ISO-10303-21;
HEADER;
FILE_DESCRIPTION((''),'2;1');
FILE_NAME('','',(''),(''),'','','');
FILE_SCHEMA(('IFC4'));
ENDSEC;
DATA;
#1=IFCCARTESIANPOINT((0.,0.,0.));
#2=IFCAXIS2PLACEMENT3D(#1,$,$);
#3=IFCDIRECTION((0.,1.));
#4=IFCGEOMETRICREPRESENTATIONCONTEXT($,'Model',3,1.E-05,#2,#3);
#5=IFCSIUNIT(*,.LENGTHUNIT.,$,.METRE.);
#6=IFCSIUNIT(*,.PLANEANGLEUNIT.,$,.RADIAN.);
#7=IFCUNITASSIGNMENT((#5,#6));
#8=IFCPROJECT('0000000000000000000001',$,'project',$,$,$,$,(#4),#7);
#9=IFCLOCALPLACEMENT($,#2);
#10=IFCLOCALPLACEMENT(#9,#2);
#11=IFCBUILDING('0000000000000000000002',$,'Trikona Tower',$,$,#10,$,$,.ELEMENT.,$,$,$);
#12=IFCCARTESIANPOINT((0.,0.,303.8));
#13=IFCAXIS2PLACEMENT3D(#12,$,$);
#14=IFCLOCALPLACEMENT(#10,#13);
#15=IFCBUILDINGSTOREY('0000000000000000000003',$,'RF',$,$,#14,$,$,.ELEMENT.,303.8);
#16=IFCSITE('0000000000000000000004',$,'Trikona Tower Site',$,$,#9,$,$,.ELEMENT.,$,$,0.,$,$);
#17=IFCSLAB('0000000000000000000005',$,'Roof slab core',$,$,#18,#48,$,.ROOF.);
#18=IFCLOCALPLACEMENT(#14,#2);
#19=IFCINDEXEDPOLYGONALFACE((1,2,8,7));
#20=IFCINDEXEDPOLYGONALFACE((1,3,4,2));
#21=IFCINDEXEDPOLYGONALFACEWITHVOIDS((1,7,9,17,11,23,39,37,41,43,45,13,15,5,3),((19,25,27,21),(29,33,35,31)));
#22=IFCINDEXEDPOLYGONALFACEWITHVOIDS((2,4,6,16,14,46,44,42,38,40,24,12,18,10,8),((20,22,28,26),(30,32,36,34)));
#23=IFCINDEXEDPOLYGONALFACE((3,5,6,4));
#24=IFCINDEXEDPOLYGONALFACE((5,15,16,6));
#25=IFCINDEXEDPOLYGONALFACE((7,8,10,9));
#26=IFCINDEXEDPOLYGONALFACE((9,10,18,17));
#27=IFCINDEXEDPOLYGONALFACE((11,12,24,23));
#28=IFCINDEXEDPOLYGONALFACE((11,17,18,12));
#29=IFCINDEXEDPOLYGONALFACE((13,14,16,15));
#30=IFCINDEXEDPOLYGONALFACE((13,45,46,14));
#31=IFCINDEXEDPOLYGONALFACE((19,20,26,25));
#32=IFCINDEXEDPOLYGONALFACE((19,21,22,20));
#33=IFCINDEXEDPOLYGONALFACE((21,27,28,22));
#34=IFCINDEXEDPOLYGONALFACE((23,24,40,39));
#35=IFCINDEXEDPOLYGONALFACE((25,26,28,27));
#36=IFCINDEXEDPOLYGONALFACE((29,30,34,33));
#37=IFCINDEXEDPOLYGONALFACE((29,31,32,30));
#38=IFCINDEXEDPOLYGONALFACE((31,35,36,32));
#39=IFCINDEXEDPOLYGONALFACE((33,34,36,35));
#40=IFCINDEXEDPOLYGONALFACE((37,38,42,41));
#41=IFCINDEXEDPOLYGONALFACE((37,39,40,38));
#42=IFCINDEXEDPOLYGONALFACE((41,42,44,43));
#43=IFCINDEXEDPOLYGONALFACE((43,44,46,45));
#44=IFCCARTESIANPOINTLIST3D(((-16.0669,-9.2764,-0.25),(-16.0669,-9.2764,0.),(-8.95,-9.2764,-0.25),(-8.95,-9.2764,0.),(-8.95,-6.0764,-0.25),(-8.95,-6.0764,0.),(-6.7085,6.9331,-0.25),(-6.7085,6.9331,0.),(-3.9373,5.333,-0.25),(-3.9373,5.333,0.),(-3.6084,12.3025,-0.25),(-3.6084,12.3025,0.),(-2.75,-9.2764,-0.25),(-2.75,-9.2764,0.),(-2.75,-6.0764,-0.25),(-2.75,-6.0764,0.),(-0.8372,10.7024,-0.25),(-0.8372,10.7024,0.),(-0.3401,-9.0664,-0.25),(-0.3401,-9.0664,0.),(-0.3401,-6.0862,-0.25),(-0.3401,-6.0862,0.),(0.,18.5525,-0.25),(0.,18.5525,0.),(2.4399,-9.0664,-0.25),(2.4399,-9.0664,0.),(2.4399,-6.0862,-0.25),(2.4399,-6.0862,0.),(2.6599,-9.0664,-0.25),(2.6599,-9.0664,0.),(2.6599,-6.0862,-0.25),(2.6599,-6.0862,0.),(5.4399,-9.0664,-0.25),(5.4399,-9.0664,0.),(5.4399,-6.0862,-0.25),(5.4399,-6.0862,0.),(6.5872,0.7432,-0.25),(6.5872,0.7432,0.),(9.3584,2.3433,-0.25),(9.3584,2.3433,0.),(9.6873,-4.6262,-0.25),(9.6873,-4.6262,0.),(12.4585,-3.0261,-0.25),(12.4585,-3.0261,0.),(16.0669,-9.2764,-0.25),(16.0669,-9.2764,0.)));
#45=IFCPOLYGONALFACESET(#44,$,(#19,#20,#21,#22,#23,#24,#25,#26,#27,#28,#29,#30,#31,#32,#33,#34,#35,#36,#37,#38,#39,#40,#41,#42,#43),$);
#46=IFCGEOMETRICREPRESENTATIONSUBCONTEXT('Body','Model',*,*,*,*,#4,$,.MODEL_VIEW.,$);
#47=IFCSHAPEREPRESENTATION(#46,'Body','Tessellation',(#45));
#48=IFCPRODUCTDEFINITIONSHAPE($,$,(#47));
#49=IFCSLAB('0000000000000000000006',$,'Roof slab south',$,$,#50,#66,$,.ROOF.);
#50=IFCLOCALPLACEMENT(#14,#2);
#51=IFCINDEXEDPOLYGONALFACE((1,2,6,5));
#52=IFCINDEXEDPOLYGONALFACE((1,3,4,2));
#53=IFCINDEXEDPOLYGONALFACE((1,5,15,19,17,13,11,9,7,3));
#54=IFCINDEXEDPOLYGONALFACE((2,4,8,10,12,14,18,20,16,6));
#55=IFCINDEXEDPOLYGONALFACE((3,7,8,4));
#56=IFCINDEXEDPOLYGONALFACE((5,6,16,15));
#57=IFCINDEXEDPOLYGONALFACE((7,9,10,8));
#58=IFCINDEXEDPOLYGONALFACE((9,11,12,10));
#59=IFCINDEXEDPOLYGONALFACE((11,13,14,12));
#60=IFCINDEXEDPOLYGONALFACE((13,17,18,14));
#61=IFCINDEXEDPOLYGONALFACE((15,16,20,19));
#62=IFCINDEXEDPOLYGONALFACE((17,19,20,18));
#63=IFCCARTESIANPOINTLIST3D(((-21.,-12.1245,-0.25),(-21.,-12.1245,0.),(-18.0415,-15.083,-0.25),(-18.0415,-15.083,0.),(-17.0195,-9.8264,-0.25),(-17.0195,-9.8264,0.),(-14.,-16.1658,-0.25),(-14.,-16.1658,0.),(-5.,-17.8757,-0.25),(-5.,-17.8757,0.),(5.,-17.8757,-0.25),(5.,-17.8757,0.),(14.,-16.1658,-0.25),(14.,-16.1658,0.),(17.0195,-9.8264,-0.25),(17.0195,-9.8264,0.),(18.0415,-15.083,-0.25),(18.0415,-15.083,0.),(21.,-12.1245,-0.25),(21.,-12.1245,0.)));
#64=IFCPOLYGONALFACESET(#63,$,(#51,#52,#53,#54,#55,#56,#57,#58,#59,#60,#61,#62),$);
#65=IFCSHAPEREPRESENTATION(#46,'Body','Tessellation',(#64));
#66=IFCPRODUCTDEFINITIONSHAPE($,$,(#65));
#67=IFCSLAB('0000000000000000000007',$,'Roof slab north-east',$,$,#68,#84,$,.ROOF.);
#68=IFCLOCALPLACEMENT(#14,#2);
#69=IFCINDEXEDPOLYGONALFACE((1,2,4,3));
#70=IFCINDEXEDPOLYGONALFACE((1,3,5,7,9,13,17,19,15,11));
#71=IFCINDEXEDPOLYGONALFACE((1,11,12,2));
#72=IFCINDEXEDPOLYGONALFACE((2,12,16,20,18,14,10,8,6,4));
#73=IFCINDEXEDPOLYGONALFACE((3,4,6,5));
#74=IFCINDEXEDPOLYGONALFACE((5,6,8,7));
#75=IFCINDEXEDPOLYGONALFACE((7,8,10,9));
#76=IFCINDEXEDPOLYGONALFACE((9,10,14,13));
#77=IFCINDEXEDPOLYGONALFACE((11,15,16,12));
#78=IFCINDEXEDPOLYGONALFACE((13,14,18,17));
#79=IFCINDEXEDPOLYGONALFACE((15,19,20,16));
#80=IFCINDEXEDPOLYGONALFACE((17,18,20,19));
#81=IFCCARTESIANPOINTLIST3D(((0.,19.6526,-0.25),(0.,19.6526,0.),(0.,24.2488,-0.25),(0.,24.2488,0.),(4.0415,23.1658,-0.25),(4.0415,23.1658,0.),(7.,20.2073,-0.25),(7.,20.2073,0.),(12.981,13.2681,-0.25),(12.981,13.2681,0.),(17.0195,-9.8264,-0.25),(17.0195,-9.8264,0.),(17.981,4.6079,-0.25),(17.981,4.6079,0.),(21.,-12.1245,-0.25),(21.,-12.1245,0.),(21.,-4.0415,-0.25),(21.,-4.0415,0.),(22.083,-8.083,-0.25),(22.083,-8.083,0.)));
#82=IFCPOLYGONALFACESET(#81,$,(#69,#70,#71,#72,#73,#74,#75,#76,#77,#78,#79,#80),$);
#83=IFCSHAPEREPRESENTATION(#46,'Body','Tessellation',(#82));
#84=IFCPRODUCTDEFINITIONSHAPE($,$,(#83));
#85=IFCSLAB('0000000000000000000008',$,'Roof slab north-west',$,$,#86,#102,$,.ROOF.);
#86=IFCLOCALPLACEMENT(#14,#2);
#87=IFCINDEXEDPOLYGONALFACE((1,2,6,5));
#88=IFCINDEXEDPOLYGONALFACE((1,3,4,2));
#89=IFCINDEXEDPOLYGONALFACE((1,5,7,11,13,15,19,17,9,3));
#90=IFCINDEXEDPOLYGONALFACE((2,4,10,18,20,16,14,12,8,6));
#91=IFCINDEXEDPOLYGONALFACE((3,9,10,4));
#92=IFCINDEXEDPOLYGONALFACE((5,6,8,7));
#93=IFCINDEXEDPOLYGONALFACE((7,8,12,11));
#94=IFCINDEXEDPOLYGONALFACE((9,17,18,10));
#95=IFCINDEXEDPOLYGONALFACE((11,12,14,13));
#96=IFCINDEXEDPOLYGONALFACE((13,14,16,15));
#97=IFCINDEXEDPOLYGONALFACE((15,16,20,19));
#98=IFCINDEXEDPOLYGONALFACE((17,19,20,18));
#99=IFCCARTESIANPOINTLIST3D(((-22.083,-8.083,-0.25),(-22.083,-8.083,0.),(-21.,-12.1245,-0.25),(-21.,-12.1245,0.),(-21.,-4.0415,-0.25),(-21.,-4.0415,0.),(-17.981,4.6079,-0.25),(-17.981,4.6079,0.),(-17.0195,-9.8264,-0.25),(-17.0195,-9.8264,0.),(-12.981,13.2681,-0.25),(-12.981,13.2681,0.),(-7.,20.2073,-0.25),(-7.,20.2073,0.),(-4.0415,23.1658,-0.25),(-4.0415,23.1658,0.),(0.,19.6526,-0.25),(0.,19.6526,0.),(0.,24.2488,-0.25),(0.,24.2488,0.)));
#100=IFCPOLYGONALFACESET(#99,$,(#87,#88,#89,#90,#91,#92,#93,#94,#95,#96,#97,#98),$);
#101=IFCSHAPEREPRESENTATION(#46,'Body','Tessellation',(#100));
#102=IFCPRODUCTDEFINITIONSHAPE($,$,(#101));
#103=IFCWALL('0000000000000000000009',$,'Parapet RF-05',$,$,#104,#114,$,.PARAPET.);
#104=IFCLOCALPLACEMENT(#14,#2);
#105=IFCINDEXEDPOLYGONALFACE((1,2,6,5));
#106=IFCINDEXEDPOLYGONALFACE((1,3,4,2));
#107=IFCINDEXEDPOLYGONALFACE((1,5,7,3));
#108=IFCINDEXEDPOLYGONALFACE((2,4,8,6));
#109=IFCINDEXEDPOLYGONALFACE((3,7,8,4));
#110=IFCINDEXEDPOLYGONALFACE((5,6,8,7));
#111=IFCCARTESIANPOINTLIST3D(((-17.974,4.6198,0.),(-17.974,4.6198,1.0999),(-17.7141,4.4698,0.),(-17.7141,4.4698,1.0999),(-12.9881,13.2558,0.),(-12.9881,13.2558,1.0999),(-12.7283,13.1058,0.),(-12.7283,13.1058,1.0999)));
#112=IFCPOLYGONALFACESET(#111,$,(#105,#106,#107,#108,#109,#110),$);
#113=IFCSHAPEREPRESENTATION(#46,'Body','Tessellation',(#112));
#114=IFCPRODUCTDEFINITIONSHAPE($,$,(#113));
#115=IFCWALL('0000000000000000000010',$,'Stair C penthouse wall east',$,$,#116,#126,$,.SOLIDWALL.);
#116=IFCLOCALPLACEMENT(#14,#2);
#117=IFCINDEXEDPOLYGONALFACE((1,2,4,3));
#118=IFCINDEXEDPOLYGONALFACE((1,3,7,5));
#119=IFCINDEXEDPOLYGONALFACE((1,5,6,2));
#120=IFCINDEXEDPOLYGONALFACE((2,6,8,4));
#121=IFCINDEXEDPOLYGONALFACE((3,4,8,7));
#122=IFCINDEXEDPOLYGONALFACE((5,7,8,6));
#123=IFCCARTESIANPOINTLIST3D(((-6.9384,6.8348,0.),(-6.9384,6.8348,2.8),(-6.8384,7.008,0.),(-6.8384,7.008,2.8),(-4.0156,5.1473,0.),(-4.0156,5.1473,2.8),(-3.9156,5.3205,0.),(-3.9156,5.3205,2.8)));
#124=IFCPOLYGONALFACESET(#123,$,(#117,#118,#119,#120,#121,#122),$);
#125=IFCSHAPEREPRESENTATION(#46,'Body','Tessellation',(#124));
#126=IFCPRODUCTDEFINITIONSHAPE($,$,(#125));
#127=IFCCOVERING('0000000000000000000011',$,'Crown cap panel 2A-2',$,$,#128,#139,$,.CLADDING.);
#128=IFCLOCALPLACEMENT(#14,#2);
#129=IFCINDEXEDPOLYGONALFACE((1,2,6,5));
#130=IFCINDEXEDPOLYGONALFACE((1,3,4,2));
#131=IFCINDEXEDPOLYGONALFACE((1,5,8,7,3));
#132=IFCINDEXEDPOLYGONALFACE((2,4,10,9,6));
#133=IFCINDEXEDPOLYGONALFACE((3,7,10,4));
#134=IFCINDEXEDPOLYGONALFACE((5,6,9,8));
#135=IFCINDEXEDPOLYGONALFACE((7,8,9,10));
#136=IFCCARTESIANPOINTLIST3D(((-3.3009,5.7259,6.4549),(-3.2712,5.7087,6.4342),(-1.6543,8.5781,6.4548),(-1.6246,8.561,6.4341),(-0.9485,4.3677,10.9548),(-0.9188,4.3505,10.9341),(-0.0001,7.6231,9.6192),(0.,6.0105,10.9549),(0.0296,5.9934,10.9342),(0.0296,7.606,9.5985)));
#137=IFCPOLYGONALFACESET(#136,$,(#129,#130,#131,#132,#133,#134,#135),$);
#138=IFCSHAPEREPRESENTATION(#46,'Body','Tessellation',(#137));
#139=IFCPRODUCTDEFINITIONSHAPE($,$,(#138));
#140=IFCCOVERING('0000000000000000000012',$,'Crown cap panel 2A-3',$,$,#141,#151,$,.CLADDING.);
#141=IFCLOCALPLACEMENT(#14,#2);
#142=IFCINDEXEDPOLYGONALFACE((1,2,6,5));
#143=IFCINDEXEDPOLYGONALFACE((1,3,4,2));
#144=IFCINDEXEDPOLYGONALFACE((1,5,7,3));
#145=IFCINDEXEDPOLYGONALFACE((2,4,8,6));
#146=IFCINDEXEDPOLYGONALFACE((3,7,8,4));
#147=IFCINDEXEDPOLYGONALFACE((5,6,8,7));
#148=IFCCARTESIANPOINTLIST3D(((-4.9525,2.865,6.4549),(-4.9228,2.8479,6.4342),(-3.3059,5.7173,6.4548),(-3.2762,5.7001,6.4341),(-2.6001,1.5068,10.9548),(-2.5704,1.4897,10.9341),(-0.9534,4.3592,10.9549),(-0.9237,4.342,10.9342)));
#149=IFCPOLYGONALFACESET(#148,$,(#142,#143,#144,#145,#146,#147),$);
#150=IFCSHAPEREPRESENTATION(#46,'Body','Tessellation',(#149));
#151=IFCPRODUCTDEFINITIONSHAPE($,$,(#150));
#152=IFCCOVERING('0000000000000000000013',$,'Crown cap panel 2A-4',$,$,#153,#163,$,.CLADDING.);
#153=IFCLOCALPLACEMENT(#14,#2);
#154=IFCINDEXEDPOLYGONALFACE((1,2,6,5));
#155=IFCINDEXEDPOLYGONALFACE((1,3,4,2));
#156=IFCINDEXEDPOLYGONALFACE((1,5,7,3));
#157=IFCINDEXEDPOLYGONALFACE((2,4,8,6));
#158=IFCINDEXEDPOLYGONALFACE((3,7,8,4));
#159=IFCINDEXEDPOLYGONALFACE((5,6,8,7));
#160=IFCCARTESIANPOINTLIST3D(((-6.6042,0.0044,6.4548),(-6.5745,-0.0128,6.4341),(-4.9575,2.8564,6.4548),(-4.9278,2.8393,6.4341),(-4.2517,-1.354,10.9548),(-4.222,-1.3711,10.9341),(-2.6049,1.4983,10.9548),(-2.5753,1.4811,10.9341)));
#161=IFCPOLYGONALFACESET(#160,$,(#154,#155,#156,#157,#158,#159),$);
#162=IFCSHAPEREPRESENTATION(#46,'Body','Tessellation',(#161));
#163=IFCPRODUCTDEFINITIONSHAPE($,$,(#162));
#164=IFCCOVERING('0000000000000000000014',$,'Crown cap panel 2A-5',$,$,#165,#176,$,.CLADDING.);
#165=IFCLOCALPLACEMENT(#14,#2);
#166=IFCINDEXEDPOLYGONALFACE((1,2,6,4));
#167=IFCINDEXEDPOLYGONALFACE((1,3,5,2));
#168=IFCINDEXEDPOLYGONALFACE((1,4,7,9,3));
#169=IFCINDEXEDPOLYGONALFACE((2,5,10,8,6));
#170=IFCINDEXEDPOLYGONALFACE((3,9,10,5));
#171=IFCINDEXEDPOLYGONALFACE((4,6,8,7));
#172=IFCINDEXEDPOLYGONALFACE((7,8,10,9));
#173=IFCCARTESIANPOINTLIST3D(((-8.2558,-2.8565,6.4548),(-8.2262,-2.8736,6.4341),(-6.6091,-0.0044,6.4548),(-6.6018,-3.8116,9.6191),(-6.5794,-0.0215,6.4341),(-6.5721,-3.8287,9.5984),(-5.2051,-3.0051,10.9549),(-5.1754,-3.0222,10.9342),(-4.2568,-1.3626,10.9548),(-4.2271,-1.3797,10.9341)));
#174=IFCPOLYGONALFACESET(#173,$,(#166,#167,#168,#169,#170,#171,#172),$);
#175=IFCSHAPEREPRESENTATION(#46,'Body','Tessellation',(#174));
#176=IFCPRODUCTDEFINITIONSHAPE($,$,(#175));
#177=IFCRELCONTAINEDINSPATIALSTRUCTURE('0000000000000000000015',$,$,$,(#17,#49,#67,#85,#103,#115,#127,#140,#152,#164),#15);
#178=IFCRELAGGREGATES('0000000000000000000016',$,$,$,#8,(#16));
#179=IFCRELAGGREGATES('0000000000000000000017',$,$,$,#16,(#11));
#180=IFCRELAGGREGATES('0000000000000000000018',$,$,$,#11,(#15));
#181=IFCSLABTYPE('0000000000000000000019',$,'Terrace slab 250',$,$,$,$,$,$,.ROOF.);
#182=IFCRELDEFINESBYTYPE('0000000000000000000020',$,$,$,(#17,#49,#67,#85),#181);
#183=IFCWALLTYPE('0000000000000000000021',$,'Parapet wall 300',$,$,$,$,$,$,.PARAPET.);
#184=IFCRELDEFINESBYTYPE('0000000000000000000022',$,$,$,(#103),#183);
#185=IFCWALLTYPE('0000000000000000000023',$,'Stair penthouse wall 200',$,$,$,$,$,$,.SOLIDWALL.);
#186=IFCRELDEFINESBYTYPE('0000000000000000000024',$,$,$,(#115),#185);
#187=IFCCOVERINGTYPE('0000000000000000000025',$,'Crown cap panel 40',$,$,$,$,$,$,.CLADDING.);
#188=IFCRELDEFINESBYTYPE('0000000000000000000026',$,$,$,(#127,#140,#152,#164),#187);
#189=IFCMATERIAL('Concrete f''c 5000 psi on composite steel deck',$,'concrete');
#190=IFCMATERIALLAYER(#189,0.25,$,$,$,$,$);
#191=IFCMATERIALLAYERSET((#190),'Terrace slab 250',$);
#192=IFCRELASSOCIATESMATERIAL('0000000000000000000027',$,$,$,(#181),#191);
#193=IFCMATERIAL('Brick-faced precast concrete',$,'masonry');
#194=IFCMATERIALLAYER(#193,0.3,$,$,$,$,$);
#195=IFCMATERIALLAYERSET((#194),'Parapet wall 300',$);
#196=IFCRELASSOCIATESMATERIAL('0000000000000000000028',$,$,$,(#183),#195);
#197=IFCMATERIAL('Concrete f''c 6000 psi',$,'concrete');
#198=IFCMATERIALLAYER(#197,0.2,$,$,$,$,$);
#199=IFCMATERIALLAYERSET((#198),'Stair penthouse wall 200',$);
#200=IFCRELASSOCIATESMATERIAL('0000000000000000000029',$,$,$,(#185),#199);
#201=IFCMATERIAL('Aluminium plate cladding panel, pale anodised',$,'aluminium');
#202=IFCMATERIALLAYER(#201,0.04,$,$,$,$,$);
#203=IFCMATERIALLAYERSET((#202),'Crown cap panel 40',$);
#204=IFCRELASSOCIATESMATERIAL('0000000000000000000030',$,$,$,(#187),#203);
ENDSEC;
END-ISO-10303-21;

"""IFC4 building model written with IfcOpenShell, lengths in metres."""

from ifc_helpers import new_model, si_unit, direction, frame, frame_2d, origin, place, context, subcontext, project, spatial, polyline, rectangle, outline, extrude, material, layer, layer_set, type_object, element, save


model = new_model("IFC4")

# Units and contexts
model_context = context("Model", 3, precision=1e-05, world=origin(), true_north=direction((0.0, 1.0)))
body_context = subcontext(model_context, "Body", "Model", "MODEL_VIEW")
ifc_project = project(units=[si_unit("LENGTHUNIT", "METRE"), si_unit("PLANEANGLEUNIT", "RADIAN")], contexts=[model_context])

# Site, building, storey
site_placement = place(None, origin())
site = spatial("IfcSite", under=ifc_project, at=site_placement, Name="Trikona Tower Site", CompositionType="ELEMENT", RefElevation=0.0)
building_placement = place(site_placement, origin())
building = spatial("IfcBuilding", under=site, at=building_placement, Name="Trikona Tower", CompositionType="ELEMENT")
storey_placement = place(building_placement, frame((0.0, 0.0, 303.8)))
storey = spatial("IfcBuildingStorey", under=building, at=storey_placement, Name="RF", CompositionType="ELEMENT", Elevation=303.8)

# Slabs
ifc_material_1 = material(Name="Concrete f'c 5000 psi on composite steel deck", Category="concrete")
ifc_layer_1 = layer(ifc_material_1, 0.25)
ifc_layer_set_1 = layer_set([ifc_layer_1], Name="Terrace slab 250")
slab_type = type_object("IfcSlabType", Name="Terrace slab 250", PredefinedType="ROOF", material=ifc_layer_set_1)
slab_1_placement = place(storey_placement, frame((0.0, 0.0, -0.25)))
element("IfcSlab", 1, at=slab_1_placement, inside=storey, type_object=slab_type, Name="Roof slab core", PredefinedType="ROOF", context=body_context, shape_type="SweptSolid", body=[
    extrude(outline(polyline([(-16.0669, -9.2764), (-8.95, -9.2764), (-8.95, -6.0764), (-2.75, -6.0764), (-2.75, -9.2764), (16.0669, -9.2764), (12.4585, -3.0261), (9.6873, -4.6262), (6.5872, 0.7432), (9.3584, 2.3433), (0.0, 18.5525), (-3.6084, 12.3025), (-0.8372, 10.7024), (-3.9373, 5.333), (-6.7085, 6.9331), (-16.0669, -9.2764)]), holes=[polyline([(5.4399, -9.0664), (5.4399, -6.0862), (2.6599, -6.0862), (2.6599, -9.0664), (5.4399, -9.0664)]), polyline([(2.4399, -6.0862), (-0.3401, -6.0862), (-0.3401, -9.0664), (2.4399, -9.0664), (2.4399, -6.0862)])]), origin(), (0.0, 0.0, 1.0), 0.25),
])
slab_2_placement = place(storey_placement, frame((0.0, 0.0, -0.25)))
element("IfcSlab", 2, at=slab_2_placement, inside=storey, type_object=slab_type, Name="Roof slab south", PredefinedType="ROOF", context=body_context, shape_type="SweptSolid", body=[
    extrude(outline(polyline([(21.0, -12.1245), (17.0195, -9.8264), (-17.0195, -9.8264), (-21.0, -12.1245), (-18.0415, -15.083), (-14.0, -16.1658), (-5.0, -17.8757), (5.0, -17.8757), (14.0, -16.1658), (18.0415, -15.083), (21.0, -12.1245)])), origin(), (0.0, 0.0, 1.0), 0.25),
])
slab_3_placement = place(storey_placement, frame((0.0, 0.0, -0.25)))
element("IfcSlab", 3, at=slab_3_placement, inside=storey, type_object=slab_type, Name="Roof slab north-east", PredefinedType="ROOF", context=body_context, shape_type="SweptSolid", body=[
    extrude(outline(polyline([(4.0415, 23.1658), (0.0, 24.2488), (0.0, 19.6526), (17.0195, -9.8264), (21.0, -12.1245), (22.083, -8.083), (21.0, -4.0415), (17.981, 4.6079), (12.981, 13.2681), (7.0, 20.2073), (4.0415, 23.1658)])), origin(), (0.0, 0.0, 1.0), 0.25),
])
slab_4_placement = place(storey_placement, frame((0.0, 0.0, -0.25)))
element("IfcSlab", 4, at=slab_4_placement, inside=storey, type_object=slab_type, Name="Roof slab north-west", PredefinedType="ROOF", context=body_context, shape_type="SweptSolid", body=[
    extrude(outline(polyline([(-7.0, 20.2073), (-12.981, 13.2681), (-17.981, 4.6079), (-21.0, -4.0415), (-22.083, -8.083), (-21.0, -12.1245), (-17.0195, -9.8264), (0.0, 19.6526), (0.0, 24.2488), (-4.0415, 23.1658), (-7.0, 20.2073)])), origin(), (0.0, 0.0, 1.0), 0.25),
])

# Walls
ifc_material_2 = material(Name="Brick-faced precast concrete", Category="masonry")
ifc_layer_2 = layer(ifc_material_2, 0.3)
ifc_layer_set_2 = layer_set([ifc_layer_2], Name="Parapet wall 300")
wall_type_1 = type_object("IfcWallType", Name="Parapet wall 300", PredefinedType="PARAPET", material=ifc_layer_set_2)
wall_1_placement = place(storey_placement, frame((-17.844, 4.5449, 0.0), z_axis=(0.0, 0.0, 1.0), x_axis=(0.499989, 0.866032, 0.0)))
element("IfcWall", 5, at=wall_1_placement, inside=storey, type_object=wall_type_1, Name="Parapet RF-05", PredefinedType="PARAPET", context=body_context, shape_type="SweptSolid", body=[
    extrude(rectangle(XDim=9.9719, YDim=0.3, at=frame_2d((4.9858, 0.0))), origin(), (0.0, 0.0, 1.0), 1.0999),
])
ifc_material_3 = material(Name="Concrete f'c 6000 psi", Category="concrete")
ifc_layer_3 = layer(ifc_material_3, 0.2)
ifc_layer_set_3 = layer_set([ifc_layer_3], Name="Stair penthouse wall 200")
wall_type_2 = type_object("IfcWallType", Name="Stair penthouse wall 200", PredefinedType="SOLIDWALL", material=ifc_layer_set_3)
wall_2_placement = place(storey_placement, frame((-3.9656, 5.2339, 0.0), z_axis=(0.0, 0.0, 1.0), x_axis=(-0.866027, 0.499998, 0.0)))
element("IfcWall", 6, at=wall_2_placement, inside=storey, type_object=wall_type_2, Name="Stair C penthouse wall east", PredefinedType="SOLIDWALL", context=body_context, shape_type="SweptSolid", body=[
    extrude(rectangle(XDim=3.375, YDim=0.2, at=frame_2d((1.6875, 0.0))), origin(), (0.0, 0.0, 1.0), 2.8),
])

# Coverings
ifc_material_4 = material(Name="Aluminium plate cladding panel, pale anodised", Category="aluminium")
ifc_layer_4 = layer(ifc_material_4, 0.04)
ifc_layer_set_4 = layer_set([ifc_layer_4], Name="Crown cap panel 40")
covering_type = type_object("IfcCoveringType", Name="Crown cap panel 40", PredefinedType="CLADDING", material=ifc_layer_set_4)
covering_1_placement = place(storey_placement, frame((-1.6543, 8.5781, 6.4548), z_axis=(-0.741435, 0.428033, 0.516781), x_axis=(-0.49996, -0.866048, 0.000018)))
element("IfcCovering", 7, at=covering_1_placement, inside=storey, type_object=covering_type, Name="Crown cap panel 2A-2", PredefinedType="CLADDING", context=body_context, shape_type="SweptSolid", body=[
    extrude(outline(polyline([(0.0, 0.0), (3.2934, 0.0), (3.2937, 5.2562), (1.3967, 5.2563), (0.0001, 3.6962), (0.0, 0.0)])), origin(), (0.0, 0.0, -1.0), 0.04),
])
covering_2_placement = place(storey_placement, frame((-3.3059, 5.7173, 6.4548), z_axis=(-0.74144, 0.428027, 0.516778), x_axis=(-0.499955, -0.866052, 0.000014)))
element("IfcCovering", 8, at=covering_2_placement, inside=storey, type_object=covering_type, Name="Crown cap panel 2A-3", PredefinedType="CLADDING", context=body_context, shape_type="SweptSolid", body=[
    extrude(outline(polyline([(0.0, 0.0), (3.2934, 0.0), (3.2937, 5.2562), (0.0001, 5.2563), (0.0, 0.0)])), origin(), (0.0, 0.0, -1.0), 0.04),
])
covering_3_placement = place(storey_placement, frame((-4.9575, 2.8564, 6.4548), z_axis=(-0.741406, 0.428058, 0.516802), x_axis=(-0.50001, -0.86602, -0.000008)))
element("IfcCovering", 9, at=covering_3_placement, inside=storey, type_object=covering_type, Name="Crown cap panel 2A-4", PredefinedType="CLADDING", context=body_context, shape_type="SweptSolid", body=[
    extrude(outline(polyline([(0.0, 0.0), (3.2933, 0.0), (3.2934, 5.2564), (-0.0001, 5.2563), (0.0, 0.0)])), origin(), (0.0, 0.0, -1.0), 0.04),
])
covering_4_placement = place(storey_placement, frame((-6.6091, -0.0044, 6.4548), z_axis=(-0.741415, 0.428075, 0.516774), x_axis=(-0.500018, -0.866015, -0.000003)))
element("IfcCovering", 10, at=covering_4_placement, inside=storey, type_object=covering_type, Name="Crown cap panel 2A-5", PredefinedType="CLADDING", context=body_context, shape_type="SweptSolid", body=[
    extrude(outline(polyline([(0.0, 0.0), (3.2933, 0.0), (3.2934, 3.6961), (1.8966, 5.2563), (0.0, 5.2562), (0.0, 0.0)])), origin(), (0.0, 0.0, -1.0), 0.04),
])

save(model, "model.ifc")
